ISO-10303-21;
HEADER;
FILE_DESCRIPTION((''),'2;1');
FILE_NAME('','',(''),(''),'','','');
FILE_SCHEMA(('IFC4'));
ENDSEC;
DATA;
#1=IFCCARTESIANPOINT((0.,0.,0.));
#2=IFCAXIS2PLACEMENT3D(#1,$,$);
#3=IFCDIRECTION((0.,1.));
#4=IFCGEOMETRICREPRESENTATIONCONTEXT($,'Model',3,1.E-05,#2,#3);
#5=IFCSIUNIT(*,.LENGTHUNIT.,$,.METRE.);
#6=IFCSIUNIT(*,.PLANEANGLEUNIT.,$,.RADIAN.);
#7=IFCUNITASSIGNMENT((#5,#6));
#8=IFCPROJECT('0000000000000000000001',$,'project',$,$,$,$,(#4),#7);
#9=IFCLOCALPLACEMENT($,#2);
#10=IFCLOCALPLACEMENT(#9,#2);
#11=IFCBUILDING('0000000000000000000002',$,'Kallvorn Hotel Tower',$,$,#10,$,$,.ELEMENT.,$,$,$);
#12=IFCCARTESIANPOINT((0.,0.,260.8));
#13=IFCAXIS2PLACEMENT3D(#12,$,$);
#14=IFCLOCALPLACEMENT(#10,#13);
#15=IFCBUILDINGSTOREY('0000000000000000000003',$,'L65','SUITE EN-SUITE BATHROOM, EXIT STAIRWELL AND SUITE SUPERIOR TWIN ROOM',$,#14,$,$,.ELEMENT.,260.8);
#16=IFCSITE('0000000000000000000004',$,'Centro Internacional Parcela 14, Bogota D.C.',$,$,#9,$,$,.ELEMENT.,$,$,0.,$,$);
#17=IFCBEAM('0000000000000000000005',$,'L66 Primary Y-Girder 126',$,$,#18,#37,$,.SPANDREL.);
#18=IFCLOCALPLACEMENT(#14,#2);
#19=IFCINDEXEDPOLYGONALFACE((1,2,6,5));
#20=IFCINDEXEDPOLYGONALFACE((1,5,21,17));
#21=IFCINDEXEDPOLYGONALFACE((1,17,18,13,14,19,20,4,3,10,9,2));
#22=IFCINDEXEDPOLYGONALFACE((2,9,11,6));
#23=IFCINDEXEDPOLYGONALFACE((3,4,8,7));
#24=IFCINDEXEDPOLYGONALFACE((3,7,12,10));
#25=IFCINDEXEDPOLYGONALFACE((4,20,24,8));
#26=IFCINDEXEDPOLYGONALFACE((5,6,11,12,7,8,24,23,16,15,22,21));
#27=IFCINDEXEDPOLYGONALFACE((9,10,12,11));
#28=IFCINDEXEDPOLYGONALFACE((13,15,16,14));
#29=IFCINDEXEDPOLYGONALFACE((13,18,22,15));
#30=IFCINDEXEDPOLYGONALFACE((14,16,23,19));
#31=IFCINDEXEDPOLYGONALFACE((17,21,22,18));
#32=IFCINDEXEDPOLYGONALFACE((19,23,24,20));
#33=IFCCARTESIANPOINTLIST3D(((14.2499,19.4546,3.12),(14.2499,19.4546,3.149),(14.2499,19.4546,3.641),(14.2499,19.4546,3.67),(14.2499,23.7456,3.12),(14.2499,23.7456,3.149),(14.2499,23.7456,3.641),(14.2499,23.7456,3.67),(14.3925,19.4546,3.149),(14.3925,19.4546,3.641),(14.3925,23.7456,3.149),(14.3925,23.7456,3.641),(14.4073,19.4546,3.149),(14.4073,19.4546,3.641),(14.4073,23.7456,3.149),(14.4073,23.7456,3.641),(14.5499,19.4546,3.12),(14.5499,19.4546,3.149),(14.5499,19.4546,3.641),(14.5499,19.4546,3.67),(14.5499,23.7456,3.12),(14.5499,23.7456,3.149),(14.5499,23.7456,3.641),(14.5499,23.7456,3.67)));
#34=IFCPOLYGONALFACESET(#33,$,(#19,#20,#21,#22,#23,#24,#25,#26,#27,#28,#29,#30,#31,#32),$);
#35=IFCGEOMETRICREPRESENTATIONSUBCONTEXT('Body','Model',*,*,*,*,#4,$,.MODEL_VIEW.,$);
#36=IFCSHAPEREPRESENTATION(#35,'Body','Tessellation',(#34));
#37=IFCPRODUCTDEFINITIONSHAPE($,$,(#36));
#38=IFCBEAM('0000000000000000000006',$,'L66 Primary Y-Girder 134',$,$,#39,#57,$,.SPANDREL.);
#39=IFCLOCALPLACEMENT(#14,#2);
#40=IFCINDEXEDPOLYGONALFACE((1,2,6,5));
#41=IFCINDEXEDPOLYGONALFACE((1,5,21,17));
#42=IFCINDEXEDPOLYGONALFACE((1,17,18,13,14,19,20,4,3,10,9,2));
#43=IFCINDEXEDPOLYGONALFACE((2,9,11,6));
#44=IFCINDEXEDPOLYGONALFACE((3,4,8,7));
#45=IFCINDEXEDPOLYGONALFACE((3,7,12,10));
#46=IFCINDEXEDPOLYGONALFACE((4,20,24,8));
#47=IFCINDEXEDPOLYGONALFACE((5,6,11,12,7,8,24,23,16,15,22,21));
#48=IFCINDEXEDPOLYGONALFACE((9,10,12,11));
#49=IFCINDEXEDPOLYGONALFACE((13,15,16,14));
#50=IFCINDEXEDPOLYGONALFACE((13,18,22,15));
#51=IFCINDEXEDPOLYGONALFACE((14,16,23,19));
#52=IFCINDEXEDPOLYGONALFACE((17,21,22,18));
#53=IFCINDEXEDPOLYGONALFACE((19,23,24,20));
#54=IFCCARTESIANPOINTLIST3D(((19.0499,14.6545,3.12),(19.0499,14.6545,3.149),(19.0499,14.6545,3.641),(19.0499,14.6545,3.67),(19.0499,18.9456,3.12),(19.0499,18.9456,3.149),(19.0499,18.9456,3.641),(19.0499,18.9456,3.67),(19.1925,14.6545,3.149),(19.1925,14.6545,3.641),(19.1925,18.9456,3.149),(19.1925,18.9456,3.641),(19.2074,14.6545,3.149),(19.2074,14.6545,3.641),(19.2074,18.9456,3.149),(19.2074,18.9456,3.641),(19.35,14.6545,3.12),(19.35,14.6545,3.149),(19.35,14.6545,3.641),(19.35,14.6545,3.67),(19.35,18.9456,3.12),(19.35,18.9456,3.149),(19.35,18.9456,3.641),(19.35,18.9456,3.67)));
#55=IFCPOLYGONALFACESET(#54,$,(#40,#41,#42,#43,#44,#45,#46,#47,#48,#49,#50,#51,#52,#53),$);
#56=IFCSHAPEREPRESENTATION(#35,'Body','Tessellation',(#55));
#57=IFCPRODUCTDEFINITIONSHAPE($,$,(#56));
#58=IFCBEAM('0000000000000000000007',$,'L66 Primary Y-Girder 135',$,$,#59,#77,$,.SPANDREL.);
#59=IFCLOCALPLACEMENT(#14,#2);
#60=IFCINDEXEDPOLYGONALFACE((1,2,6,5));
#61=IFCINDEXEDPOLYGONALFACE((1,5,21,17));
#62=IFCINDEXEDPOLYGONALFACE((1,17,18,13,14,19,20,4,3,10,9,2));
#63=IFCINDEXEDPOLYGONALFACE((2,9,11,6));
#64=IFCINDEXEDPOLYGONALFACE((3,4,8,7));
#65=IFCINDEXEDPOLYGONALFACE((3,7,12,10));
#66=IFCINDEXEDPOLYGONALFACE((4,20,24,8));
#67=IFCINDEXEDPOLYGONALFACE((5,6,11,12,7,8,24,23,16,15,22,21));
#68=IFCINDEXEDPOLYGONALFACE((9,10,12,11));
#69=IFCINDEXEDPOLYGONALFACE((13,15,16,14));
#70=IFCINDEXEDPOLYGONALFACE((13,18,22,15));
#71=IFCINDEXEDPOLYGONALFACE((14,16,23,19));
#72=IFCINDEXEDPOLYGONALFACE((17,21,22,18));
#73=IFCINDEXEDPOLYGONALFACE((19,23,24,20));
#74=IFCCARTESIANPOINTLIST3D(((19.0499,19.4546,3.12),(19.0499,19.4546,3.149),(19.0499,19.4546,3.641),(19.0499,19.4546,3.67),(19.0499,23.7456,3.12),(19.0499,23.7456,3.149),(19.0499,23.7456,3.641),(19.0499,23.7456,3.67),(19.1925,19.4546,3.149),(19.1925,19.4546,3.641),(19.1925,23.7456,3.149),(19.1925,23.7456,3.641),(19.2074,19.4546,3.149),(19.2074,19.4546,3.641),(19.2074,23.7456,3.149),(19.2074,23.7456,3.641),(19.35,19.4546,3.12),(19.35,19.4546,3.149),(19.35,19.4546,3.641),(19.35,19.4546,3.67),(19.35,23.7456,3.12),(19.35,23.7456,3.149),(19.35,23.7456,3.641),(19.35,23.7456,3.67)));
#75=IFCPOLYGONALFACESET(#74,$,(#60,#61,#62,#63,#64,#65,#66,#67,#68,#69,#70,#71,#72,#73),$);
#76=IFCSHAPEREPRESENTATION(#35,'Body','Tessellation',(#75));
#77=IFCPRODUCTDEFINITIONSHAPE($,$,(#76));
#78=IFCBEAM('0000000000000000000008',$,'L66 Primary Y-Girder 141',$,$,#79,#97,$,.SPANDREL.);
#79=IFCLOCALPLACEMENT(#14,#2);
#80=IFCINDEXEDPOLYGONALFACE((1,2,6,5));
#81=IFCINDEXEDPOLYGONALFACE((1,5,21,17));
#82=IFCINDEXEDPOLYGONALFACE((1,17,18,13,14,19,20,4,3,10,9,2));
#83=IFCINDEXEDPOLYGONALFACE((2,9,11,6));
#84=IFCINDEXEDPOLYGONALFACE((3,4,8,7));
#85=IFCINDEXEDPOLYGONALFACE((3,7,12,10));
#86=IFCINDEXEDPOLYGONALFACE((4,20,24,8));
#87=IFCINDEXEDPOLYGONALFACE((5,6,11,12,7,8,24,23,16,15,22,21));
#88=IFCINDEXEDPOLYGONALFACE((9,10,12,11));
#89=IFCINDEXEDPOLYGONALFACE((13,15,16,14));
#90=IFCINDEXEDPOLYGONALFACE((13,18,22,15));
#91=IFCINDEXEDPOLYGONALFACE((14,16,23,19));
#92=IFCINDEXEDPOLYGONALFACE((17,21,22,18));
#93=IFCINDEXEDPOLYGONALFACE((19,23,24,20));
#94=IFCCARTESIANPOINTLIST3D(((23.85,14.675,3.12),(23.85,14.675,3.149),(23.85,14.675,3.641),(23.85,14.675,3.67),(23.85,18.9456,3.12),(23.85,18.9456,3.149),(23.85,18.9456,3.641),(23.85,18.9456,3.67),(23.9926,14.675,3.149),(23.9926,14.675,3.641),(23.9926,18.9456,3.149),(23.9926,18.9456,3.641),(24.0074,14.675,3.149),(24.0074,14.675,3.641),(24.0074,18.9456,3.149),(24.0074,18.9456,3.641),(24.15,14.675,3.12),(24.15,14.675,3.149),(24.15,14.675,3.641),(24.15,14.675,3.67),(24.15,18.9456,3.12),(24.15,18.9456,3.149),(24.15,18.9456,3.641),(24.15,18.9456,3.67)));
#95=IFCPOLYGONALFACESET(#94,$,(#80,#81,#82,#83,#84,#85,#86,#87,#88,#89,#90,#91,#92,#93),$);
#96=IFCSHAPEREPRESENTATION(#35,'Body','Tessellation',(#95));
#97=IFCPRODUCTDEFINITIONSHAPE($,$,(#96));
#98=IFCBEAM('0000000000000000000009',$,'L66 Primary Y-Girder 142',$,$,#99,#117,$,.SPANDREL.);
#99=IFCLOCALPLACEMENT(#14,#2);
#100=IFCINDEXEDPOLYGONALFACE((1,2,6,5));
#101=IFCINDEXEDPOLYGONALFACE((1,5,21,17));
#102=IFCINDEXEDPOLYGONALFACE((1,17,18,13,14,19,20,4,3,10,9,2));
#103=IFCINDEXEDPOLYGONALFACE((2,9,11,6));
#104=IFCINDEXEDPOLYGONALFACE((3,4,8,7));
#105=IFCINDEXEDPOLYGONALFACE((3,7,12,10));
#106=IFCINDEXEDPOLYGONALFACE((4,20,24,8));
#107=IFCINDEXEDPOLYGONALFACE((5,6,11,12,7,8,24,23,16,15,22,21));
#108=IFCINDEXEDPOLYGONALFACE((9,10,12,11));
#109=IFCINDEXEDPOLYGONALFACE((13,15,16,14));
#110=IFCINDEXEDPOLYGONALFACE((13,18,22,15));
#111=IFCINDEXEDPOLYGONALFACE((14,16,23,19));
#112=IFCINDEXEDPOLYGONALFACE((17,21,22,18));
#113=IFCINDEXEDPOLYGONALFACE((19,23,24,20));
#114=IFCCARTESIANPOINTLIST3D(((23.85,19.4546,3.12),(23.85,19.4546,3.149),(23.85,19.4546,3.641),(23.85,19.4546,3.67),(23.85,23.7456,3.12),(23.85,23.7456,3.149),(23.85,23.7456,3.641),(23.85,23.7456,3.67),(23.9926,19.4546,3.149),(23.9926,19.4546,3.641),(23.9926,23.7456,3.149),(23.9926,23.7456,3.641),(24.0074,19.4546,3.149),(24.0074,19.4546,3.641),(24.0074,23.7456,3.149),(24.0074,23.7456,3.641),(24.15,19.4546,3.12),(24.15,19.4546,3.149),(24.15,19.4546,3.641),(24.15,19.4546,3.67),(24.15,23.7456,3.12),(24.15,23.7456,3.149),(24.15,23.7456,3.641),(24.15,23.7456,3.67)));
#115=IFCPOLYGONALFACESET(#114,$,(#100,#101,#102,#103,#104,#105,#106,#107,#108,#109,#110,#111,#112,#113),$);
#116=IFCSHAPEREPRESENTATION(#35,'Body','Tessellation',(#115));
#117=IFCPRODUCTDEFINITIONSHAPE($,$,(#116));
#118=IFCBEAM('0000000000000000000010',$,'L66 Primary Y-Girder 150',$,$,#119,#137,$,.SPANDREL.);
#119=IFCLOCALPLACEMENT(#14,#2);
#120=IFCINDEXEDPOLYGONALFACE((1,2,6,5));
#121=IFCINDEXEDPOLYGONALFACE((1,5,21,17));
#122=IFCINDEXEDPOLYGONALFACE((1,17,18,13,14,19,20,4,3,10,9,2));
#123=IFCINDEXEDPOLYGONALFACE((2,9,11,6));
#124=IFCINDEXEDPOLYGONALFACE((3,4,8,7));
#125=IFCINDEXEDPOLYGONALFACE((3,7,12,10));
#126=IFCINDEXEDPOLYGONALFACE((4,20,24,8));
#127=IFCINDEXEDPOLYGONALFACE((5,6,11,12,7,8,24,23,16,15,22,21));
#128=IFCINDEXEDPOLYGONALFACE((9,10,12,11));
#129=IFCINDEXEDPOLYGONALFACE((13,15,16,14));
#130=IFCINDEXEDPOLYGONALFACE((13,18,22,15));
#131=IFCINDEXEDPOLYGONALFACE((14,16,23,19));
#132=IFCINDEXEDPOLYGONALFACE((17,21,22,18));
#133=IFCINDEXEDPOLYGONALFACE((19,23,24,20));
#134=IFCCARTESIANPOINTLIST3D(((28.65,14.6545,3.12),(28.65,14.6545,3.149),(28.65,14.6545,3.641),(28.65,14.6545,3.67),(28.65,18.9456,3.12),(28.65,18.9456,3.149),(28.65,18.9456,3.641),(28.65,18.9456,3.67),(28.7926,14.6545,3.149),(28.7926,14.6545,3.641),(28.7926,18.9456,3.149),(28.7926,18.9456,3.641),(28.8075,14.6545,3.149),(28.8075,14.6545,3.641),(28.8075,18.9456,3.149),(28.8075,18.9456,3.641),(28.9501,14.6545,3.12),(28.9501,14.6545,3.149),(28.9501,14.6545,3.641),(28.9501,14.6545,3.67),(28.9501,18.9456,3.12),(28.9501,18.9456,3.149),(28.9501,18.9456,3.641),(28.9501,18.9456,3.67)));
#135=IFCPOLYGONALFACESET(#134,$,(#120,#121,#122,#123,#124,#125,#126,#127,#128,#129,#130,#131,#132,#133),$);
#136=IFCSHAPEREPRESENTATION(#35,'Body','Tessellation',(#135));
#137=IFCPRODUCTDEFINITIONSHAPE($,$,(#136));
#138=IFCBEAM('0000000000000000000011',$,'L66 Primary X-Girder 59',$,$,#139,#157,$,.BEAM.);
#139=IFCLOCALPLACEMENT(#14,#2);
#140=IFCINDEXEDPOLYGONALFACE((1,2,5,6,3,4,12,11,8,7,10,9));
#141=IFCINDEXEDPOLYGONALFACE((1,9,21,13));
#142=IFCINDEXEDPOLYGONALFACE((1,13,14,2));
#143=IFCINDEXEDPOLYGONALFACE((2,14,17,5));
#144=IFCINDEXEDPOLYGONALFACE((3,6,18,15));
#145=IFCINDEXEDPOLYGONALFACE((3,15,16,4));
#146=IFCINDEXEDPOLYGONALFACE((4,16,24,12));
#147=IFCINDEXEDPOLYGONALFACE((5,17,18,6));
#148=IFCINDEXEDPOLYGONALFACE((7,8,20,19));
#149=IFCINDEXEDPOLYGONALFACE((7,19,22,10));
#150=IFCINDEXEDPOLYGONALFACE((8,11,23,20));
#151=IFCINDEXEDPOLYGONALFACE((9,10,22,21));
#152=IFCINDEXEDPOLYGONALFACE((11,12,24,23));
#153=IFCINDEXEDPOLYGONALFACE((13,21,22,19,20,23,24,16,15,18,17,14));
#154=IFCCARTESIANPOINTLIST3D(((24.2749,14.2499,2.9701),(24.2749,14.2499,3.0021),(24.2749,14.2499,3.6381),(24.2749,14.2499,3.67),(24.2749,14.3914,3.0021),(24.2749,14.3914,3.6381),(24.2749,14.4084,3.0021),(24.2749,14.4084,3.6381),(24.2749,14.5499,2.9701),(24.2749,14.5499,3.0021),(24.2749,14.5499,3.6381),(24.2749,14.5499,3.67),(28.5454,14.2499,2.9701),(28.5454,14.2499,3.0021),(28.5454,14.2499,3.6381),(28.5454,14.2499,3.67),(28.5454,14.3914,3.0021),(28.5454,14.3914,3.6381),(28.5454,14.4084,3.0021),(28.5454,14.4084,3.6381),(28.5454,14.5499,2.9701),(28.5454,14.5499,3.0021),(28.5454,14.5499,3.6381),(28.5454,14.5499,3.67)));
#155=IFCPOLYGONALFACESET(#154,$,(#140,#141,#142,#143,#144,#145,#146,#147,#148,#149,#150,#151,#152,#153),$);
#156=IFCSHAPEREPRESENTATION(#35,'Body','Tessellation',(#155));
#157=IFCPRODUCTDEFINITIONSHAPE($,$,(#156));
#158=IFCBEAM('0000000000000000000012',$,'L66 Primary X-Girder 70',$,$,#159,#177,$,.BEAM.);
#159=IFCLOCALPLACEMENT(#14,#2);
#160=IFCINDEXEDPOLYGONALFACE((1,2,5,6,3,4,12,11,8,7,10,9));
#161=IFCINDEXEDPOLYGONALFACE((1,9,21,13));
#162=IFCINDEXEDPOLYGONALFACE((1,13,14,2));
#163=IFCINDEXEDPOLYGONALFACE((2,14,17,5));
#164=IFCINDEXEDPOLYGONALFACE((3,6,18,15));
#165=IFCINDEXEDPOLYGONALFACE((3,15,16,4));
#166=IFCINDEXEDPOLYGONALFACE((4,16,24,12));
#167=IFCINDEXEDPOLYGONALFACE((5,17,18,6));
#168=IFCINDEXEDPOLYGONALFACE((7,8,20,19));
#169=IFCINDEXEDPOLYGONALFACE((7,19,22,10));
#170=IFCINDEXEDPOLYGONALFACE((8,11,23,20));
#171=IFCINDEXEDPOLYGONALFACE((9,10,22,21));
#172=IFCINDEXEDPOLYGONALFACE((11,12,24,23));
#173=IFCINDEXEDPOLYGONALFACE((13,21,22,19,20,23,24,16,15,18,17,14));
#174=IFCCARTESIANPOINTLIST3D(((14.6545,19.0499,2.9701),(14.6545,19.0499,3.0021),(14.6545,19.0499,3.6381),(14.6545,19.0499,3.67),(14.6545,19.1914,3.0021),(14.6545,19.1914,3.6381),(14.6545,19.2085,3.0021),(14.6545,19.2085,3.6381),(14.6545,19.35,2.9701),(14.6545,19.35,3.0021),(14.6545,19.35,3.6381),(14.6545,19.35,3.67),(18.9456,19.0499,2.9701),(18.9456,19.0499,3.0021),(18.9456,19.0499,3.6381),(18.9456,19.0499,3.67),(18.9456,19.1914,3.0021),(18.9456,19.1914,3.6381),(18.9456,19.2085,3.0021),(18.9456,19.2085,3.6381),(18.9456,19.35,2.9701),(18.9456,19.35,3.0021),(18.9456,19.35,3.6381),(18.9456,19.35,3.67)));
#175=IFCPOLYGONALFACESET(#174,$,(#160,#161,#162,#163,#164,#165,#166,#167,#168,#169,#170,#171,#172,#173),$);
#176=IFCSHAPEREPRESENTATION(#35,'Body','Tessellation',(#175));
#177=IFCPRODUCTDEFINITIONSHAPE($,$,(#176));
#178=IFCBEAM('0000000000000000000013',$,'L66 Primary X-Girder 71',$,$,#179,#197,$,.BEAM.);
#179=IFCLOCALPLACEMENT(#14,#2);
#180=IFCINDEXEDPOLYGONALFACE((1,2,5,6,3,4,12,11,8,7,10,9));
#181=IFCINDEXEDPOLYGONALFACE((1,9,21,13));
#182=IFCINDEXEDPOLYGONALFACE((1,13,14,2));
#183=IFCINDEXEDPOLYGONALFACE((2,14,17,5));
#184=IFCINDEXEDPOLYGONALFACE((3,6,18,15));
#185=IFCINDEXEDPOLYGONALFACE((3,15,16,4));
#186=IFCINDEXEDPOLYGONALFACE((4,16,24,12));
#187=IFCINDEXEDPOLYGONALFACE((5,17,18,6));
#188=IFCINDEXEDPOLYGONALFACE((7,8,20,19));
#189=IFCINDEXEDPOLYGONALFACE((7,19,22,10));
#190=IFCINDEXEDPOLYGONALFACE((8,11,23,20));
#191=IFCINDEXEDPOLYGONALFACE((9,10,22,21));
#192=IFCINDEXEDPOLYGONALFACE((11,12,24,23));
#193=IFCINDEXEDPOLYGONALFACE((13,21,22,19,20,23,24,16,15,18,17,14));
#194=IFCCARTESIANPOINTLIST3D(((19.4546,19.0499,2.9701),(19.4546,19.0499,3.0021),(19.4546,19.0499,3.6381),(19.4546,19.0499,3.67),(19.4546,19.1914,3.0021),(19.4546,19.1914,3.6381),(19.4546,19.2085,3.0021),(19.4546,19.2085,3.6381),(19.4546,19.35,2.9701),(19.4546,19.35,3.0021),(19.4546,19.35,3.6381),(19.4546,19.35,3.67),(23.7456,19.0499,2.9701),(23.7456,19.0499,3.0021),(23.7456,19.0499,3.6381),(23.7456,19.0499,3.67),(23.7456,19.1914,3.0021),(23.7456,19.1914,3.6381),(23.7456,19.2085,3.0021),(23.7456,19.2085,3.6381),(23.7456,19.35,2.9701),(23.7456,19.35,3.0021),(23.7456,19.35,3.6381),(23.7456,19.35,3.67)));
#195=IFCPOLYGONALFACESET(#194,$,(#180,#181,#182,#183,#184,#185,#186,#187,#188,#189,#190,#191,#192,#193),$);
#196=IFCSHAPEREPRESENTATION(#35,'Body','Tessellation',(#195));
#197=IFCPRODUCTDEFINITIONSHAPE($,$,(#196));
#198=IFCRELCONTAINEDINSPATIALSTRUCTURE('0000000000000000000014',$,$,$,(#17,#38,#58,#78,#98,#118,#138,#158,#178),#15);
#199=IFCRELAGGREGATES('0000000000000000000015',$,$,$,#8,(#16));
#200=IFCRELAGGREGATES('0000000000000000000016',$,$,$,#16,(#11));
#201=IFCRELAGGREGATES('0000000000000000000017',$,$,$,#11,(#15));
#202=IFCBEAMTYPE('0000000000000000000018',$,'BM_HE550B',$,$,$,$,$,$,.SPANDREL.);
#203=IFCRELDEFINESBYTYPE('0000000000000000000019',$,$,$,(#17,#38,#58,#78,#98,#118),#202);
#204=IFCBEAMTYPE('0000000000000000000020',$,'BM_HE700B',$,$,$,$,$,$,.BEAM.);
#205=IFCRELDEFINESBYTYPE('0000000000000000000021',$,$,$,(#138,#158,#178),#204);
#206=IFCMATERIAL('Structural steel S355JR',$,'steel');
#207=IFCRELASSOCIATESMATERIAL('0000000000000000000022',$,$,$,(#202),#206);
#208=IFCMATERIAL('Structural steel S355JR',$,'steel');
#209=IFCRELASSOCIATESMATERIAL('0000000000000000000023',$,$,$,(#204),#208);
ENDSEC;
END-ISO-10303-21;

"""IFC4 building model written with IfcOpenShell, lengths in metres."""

from ifc_helpers import new_model, si_unit, direction, frame, origin, origin_2d, place, context, subcontext, project, spatial, i_section, extrude, material, material_profile, profile_set, type_object, element, save


model = new_model("IFC4")

# Units and contexts
model_context = context("Model", 3, precision=1e-05, world=origin(), true_north=direction((0.0, 1.0)))
body_context = subcontext(model_context, "Body", "Model", "MODEL_VIEW")
ifc_project = project(units=[si_unit("LENGTHUNIT", "METRE"), si_unit("PLANEANGLEUNIT", "RADIAN")], contexts=[model_context])

# Site, building, storey
site_placement = place(None, origin())
site = spatial("IfcSite", under=ifc_project, at=site_placement, Name="Centro Internacional Parcela 14, Bogota D.C.", CompositionType="ELEMENT", RefElevation=0.0)
building_placement = place(site_placement, origin())
building = spatial("IfcBuilding", under=site, at=building_placement, Name="Kallvorn Hotel Tower", CompositionType="ELEMENT")
storey_placement = place(building_placement, frame((0.0, 0.0, 260.8)))
storey = spatial("IfcBuildingStorey", under=building, at=storey_placement, Name="L65", Description="SUITE EN-SUITE BATHROOM, EXIT STAIRWELL AND SUITE SUPERIOR TWIN ROOM", CompositionType="ELEMENT", Elevation=260.8)

# Beams
ifc_material_1 = material(Name="Structural steel S355JR", Category="steel")
ifc_material_profile_1 = material_profile(ifc_material_1, i_section(OverallWidth=0.3, OverallDepth=0.55, WebThickness=0.0149, FlangeThickness=0.0291, at=origin_2d()), Name="HE 550 B")
ifc_profile_set_1 = profile_set([ifc_material_profile_1], Name="Structural steel S355JR")
beam_type_1 = type_object("IfcBeamType", Name="BM_HE550B", PredefinedType="SPANDREL", material=ifc_profile_set_1)
for number, where, z_axis, x_axis, name in (
    (1, (14.3999, 19.4546, 3.395), (0.0, 1.0, 0.0), (-1.0, 0.0, 0.0), "L66 Primary Y-Girder 126"),
    (2, (19.2, 14.6545, 3.395), (0.0, 1.0, 0.0), (-1.0, 0.0, 0.0), "L66 Primary Y-Girder 134"),
    (3, (19.2, 19.4546, 3.395), (0.0, 1.0, 0.0), (-1.0, 0.0, 0.0), "L66 Primary Y-Girder 135"),
):
    element("IfcBeam", number, at=place(storey_placement, frame(where, z_axis=z_axis, x_axis=x_axis)), inside=storey, type_object=beam_type_1, Name=name, PredefinedType="SPANDREL", context=body_context, shape_type="SweptSolid", body=[
        extrude(i_section(OverallWidth=0.3, OverallDepth=0.55, WebThickness=0.0149, FlangeThickness=0.0291, at=origin_2d()), origin(), (0.0, 0.0, 1.0), 4.291),
    ])
beam_1_placement = place(storey_placement, frame((24.0, 14.675, 3.395), z_axis=(0.0, 1.0, 0.0), x_axis=(-1.0, 0.0, 0.0)))
element("IfcBeam", 4, at=beam_1_placement, inside=storey, type_object=beam_type_1, Name="L66 Primary Y-Girder 141", PredefinedType="SPANDREL", context=body_context, shape_type="SweptSolid", body=[
    extrude(i_section(OverallWidth=0.3, OverallDepth=0.55, WebThickness=0.0149, FlangeThickness=0.0291, at=origin_2d()), origin(), (0.0, 0.0, 1.0), 4.2705),
])
for number, where, z_axis, x_axis, name in (
    (5, (24.0, 19.4546, 3.395), (0.0, 1.0, 0.0), (-1.0, 0.0, 0.0), "L66 Primary Y-Girder 142"),
    (6, (28.8, 14.6545, 3.395), (0.0, 1.0, 0.0), (-1.0, 0.0, 0.0), "L66 Primary Y-Girder 150"),
):
    element("IfcBeam", number, at=place(storey_placement, frame(where, z_axis=z_axis, x_axis=x_axis)), inside=storey, type_object=beam_type_1, Name=name, PredefinedType="SPANDREL", context=body_context, shape_type="SweptSolid", body=[
        extrude(i_section(OverallWidth=0.3, OverallDepth=0.55, WebThickness=0.0149, FlangeThickness=0.0291, at=origin_2d()), origin(), (0.0, 0.0, 1.0), 4.291),
    ])
ifc_material_2 = material(Name="Structural steel S355JR", Category="steel")
ifc_material_profile_2 = material_profile(ifc_material_2, i_section(OverallWidth=0.3, OverallDepth=0.7, WebThickness=0.0171, FlangeThickness=0.032, at=origin_2d()), Name="HE 700 B")
ifc_profile_set_2 = profile_set([ifc_material_profile_2], Name="Structural steel S355JR")
beam_type_2 = type_object("IfcBeamType", Name="BM_HE700B", PredefinedType="BEAM", material=ifc_profile_set_2)
beam_2_placement = place(storey_placement, frame((24.2749, 14.3999, 3.3201), z_axis=(1.0, 0.0, 0.0), x_axis=(0.0, 1.0, 0.0)))
element("IfcBeam", 7, at=beam_2_placement, inside=storey, type_object=beam_type_2, Name="L66 Primary X-Girder 59", PredefinedType="BEAM", context=body_context, shape_type="SweptSolid", body=[
    extrude(i_section(OverallWidth=0.3, OverallDepth=0.7, WebThickness=0.0171, FlangeThickness=0.032, at=origin_2d()), origin(), (0.0, 0.0, 1.0), 4.2705),
])
for number, where, z_axis, x_axis, name in (
    (8, (14.6545, 19.2, 3.3201), (1.0, 0.0, 0.0), (0.0, 1.0, 0.0), "L66 Primary X-Girder 70"),
    (9, (19.4546, 19.2, 3.3201), (1.0, 0.0, 0.0), (0.0, 1.0, 0.0), "L66 Primary X-Girder 71"),
):
    element("IfcBeam", number, at=place(storey_placement, frame(where, z_axis=z_axis, x_axis=x_axis)), inside=storey, type_object=beam_type_2, Name=name, PredefinedType="BEAM", context=body_context, shape_type="SweptSolid", body=[
        extrude(i_section(OverallWidth=0.3, OverallDepth=0.7, WebThickness=0.0171, FlangeThickness=0.032, at=origin_2d()), origin(), (0.0, 0.0, 1.0), 4.291),
    ])

save(model, "model.ifc")
